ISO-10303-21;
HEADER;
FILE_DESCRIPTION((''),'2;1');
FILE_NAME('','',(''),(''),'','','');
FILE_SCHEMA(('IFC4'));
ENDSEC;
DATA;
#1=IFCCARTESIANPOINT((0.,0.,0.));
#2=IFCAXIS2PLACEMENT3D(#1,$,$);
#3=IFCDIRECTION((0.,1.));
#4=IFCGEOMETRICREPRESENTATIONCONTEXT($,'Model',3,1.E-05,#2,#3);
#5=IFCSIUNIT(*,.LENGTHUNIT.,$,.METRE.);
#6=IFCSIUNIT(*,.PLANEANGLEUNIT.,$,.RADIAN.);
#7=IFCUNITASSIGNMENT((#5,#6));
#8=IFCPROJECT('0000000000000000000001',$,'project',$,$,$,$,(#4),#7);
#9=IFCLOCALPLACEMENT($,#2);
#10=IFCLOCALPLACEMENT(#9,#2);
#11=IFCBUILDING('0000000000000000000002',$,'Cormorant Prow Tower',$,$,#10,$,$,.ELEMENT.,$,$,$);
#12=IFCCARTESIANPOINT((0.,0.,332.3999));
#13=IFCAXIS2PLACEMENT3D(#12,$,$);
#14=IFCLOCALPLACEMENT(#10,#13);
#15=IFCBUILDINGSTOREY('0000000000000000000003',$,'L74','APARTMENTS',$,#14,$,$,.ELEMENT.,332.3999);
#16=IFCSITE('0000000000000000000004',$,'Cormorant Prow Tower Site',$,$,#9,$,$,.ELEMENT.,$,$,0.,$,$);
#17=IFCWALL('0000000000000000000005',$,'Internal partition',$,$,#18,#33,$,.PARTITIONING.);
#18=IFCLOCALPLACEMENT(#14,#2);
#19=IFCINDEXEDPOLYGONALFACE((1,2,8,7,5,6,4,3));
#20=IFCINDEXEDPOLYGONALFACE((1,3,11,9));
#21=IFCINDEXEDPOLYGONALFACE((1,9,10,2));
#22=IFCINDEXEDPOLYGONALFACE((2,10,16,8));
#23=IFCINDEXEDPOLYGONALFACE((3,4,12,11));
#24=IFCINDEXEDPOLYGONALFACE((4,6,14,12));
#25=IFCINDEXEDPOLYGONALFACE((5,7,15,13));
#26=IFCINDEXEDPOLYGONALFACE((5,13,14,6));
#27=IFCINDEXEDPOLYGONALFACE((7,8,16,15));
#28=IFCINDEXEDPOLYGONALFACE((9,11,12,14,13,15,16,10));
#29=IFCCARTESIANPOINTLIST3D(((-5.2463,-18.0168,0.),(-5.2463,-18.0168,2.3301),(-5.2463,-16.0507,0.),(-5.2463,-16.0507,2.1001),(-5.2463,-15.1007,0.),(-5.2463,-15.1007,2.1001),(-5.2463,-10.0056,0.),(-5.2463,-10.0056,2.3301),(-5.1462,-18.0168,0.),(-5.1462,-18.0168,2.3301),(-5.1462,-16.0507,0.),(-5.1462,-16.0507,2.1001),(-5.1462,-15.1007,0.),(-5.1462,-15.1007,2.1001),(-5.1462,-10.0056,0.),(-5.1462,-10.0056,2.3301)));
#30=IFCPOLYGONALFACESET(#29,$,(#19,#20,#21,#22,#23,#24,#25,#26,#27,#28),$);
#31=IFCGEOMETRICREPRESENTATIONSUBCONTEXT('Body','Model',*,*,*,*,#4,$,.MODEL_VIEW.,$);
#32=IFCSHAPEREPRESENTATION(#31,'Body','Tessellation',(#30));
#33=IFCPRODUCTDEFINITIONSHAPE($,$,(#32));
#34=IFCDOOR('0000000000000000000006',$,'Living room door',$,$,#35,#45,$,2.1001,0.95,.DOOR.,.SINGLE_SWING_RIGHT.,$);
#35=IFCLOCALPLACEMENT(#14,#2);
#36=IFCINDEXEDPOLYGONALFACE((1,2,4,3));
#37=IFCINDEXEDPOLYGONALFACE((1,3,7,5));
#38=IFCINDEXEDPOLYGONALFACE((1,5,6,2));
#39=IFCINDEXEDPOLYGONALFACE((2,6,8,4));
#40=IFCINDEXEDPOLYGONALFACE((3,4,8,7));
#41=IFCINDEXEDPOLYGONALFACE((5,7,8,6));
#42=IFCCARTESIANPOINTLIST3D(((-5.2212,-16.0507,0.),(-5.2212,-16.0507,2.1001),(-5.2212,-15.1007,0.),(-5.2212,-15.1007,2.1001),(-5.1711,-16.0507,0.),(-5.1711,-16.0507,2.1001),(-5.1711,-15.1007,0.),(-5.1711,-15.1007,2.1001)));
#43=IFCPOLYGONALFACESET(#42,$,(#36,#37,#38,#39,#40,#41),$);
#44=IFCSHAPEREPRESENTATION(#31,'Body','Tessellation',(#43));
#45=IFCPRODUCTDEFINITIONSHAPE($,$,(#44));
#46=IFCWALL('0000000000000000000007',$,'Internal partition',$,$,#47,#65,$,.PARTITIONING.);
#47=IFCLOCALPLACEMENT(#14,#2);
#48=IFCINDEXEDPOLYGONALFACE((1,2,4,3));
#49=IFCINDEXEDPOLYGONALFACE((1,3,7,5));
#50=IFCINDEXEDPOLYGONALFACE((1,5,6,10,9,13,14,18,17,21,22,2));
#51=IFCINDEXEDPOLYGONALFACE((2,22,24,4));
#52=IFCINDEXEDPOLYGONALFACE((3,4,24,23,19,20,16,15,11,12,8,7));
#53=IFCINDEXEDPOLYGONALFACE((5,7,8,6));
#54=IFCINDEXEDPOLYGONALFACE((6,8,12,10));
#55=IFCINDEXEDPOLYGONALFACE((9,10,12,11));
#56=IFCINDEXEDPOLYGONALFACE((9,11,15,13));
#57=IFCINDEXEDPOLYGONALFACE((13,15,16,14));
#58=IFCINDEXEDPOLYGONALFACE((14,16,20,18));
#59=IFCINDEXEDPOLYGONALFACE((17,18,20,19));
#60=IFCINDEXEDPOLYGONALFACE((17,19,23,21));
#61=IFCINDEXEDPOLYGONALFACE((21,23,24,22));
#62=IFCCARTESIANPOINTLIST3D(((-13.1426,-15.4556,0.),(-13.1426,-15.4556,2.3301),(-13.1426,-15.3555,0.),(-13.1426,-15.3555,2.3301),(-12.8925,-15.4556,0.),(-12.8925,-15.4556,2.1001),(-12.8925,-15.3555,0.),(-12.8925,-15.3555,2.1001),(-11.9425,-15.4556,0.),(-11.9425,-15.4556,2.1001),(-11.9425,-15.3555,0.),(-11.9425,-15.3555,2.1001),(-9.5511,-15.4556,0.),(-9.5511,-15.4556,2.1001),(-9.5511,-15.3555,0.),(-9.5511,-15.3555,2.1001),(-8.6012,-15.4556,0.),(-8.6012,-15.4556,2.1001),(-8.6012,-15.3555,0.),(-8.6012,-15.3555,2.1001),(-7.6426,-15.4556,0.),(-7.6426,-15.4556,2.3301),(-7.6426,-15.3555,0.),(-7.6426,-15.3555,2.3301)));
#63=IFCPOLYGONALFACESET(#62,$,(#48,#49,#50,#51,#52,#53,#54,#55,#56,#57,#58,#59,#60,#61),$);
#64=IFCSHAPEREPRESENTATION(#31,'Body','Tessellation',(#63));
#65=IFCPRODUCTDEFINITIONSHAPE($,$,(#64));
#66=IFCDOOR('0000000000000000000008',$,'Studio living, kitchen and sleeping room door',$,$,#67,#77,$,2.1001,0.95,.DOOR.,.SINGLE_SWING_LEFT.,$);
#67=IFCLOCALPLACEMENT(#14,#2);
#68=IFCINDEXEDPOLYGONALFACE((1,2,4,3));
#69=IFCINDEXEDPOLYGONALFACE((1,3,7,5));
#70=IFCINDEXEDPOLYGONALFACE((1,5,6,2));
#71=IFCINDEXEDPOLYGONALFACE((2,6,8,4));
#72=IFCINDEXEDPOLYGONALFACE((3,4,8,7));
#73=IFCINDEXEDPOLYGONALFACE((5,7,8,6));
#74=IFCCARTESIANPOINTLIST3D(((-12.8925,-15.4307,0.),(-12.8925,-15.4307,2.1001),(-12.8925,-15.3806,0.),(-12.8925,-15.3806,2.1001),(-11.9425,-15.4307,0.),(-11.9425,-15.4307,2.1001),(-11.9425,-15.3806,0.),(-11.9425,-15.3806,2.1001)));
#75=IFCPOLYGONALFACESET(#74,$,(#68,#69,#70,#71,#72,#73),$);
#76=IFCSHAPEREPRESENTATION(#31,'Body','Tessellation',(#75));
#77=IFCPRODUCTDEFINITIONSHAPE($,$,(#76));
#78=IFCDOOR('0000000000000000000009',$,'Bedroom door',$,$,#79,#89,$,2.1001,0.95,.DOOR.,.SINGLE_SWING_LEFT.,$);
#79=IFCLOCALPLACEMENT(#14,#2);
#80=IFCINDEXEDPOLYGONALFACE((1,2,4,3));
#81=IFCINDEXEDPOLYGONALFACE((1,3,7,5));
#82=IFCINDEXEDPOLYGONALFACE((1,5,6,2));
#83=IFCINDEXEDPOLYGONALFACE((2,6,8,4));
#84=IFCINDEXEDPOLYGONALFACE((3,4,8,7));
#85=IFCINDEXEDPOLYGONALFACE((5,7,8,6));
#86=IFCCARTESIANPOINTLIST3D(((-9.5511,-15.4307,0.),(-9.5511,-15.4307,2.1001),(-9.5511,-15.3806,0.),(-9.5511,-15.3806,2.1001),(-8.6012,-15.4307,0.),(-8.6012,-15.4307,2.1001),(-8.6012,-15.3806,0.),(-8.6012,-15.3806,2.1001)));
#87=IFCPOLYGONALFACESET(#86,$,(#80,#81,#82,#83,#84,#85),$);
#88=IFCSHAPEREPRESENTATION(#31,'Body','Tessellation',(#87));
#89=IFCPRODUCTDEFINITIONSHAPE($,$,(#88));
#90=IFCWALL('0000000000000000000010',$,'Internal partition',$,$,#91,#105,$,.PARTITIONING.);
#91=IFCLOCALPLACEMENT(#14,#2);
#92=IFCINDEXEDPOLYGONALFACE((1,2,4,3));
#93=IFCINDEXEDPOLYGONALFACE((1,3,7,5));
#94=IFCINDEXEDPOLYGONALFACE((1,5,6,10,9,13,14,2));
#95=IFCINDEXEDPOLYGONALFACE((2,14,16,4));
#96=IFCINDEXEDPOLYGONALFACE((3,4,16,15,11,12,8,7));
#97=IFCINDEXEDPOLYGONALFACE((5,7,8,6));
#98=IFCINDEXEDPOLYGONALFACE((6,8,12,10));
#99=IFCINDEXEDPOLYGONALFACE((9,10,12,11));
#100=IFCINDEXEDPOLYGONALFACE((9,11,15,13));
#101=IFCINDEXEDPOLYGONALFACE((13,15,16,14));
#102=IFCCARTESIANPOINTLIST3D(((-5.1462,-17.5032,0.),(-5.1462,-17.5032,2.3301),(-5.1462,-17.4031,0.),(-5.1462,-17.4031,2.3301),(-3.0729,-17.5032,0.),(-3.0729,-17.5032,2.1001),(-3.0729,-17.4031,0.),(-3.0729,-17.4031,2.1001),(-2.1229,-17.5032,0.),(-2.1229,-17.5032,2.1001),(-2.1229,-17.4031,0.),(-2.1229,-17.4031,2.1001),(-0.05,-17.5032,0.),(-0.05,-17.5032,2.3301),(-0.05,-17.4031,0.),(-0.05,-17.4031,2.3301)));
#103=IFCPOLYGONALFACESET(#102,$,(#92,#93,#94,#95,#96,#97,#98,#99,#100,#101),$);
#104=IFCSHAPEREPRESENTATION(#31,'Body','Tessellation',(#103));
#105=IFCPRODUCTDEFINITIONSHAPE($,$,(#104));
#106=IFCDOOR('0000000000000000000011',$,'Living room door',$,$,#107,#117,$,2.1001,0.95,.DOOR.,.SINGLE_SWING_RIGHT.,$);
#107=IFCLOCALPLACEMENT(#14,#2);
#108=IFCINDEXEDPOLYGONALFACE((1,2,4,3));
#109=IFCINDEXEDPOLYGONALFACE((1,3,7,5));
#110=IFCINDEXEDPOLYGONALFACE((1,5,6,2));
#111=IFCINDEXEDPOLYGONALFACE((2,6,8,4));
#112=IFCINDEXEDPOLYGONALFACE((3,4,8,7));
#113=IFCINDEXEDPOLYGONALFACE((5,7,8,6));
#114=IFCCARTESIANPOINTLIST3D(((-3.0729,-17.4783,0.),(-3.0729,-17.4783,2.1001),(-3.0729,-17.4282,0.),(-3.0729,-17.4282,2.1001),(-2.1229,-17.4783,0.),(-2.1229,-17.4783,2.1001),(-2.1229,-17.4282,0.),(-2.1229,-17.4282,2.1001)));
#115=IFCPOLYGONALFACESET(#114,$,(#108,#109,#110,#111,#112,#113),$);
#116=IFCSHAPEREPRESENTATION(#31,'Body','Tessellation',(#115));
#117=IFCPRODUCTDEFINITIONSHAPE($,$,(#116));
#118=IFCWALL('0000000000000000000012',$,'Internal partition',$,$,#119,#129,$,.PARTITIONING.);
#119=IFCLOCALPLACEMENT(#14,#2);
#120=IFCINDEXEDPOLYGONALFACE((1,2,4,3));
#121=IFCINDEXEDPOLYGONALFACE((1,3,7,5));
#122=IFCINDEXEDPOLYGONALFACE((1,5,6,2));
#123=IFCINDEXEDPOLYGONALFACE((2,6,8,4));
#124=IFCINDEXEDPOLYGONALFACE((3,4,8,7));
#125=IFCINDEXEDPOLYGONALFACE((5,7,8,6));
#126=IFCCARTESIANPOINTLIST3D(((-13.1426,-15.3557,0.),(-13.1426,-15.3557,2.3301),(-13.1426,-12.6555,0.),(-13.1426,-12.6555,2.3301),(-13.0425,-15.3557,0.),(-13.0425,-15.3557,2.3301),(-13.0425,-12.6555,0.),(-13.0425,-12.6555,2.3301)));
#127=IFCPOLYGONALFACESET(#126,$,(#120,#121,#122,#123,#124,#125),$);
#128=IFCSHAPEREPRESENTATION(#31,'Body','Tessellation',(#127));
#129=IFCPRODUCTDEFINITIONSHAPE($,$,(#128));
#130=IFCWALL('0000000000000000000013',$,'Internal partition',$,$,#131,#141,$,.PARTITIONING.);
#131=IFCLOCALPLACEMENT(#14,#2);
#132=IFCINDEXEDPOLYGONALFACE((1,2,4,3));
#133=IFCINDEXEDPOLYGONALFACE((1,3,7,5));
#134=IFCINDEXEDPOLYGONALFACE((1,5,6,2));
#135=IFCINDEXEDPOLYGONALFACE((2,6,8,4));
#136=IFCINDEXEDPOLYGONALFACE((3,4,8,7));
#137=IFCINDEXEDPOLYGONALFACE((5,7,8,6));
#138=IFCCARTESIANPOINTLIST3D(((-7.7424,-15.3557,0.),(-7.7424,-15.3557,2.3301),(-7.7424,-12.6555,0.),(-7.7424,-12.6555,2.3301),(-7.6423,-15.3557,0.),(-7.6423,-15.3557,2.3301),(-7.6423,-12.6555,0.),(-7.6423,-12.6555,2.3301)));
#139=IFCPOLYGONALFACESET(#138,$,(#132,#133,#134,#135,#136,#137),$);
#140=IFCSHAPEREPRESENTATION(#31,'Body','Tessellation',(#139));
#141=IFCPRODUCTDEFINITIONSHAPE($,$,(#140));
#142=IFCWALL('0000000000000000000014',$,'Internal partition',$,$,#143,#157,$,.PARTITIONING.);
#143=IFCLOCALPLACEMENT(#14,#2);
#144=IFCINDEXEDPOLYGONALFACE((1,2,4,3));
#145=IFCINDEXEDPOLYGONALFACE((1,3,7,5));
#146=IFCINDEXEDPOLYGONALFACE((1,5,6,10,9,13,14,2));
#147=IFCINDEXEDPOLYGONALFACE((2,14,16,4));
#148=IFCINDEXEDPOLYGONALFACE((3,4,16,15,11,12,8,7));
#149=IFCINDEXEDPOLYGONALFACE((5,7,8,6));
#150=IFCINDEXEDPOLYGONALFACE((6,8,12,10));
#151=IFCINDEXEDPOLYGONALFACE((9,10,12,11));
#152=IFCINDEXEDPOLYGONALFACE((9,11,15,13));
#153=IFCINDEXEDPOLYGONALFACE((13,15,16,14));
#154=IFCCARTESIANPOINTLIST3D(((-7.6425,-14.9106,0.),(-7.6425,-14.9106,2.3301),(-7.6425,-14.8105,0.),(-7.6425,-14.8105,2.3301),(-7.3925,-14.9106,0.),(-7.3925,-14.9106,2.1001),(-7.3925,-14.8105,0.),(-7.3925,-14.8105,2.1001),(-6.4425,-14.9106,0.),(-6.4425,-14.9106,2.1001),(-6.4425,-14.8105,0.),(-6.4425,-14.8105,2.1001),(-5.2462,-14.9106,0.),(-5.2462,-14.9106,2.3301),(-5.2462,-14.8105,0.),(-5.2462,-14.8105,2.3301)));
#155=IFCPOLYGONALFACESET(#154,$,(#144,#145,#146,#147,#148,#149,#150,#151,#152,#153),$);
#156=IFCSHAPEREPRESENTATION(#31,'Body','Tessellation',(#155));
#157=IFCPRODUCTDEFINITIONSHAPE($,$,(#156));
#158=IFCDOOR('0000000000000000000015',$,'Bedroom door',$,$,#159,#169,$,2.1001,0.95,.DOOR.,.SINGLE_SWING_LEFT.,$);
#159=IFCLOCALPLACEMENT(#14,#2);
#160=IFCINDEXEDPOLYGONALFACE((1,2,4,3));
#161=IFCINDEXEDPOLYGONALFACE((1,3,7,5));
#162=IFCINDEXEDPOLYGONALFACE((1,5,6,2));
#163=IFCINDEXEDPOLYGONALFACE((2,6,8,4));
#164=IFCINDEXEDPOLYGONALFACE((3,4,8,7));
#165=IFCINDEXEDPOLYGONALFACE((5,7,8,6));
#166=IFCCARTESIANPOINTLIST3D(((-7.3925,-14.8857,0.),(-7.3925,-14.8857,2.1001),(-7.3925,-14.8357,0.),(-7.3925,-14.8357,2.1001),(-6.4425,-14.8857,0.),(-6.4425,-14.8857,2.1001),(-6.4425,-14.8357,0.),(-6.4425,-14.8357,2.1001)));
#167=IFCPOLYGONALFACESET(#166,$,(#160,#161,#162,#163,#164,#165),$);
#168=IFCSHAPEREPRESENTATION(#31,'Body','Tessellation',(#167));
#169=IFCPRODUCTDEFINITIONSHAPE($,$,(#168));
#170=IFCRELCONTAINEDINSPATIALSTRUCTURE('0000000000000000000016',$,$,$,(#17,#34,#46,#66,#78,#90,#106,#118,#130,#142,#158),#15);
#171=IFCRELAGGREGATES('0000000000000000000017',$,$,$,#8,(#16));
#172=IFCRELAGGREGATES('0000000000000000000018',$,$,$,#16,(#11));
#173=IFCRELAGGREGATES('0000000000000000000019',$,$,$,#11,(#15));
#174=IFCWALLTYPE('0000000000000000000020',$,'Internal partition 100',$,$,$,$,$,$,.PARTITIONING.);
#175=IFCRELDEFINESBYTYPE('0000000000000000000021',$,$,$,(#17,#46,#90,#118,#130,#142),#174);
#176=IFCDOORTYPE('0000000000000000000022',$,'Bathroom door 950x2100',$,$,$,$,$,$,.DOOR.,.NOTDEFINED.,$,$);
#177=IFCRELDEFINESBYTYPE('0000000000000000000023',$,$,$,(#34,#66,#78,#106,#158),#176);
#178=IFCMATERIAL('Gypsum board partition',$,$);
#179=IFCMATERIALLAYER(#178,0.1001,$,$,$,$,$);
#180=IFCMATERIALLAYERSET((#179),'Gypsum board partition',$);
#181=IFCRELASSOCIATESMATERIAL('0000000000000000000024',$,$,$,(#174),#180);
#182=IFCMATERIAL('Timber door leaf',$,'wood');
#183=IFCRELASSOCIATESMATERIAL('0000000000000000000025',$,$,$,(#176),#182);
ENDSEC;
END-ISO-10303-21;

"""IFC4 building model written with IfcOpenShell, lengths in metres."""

from ifc_helpers import new_model, si_unit, direction, frame, frame_2d, origin, place, context, subcontext, project, spatial, rectangle, extrude, material, layer, layer_set, type_object, element, fill, save


model = new_model("IFC4")

# Units and contexts
model_context = context("Model", 3, precision=1e-05, world=origin(), true_north=direction((0.0, 1.0)))
body_context = subcontext(model_context, "Body", "Model", "MODEL_VIEW")
ifc_project = project(units=[si_unit("LENGTHUNIT", "METRE"), si_unit("PLANEANGLEUNIT", "RADIAN")], contexts=[model_context])

# Site, building, storey
site_placement = place(None, origin())
site = spatial("IfcSite", under=ifc_project, at=site_placement, Name="Cormorant Prow Tower Site", CompositionType="ELEMENT", RefElevation=0.0)
building_placement = place(site_placement, origin())
building = spatial("IfcBuilding", under=site, at=building_placement, Name="Cormorant Prow Tower", CompositionType="ELEMENT")
storey_placement = place(building_placement, frame((0.0, 0.0, 332.3999)))
storey = spatial("IfcBuildingStorey", under=building, at=storey_placement, Name="L74", Description="APARTMENTS", CompositionType="ELEMENT", Elevation=332.3999)

# Wall, opening, door
ifc_material_1 = material(Name="Gypsum board partition")
ifc_layer_1 = layer(ifc_material_1, 0.1001)
ifc_layer_set_1 = layer_set([ifc_layer_1], Name="Gypsum board partition")
wall_type_1 = type_object("IfcWallType", Name="Internal partition 100", PredefinedType="PARTITIONING", material=ifc_layer_set_1)
wall_1_placement = place(storey_placement, frame((-5.1963, -18.0168, 0.0), z_axis=(0.0, 0.0, 1.0), x_axis=(0.0, 1.0, 0.0)))
wall_1 = element("IfcWall", 1, at=wall_1_placement, inside=storey, type_object=wall_type_1, Name="Internal partition", PredefinedType="PARTITIONING", context=body_context, shape_type="SweptSolid", body=[
    extrude(rectangle(XDim=8.0112, YDim=0.1001, at=frame_2d((4.0056, 0.0))), origin(), (0.0, 0.0, 1.0), 2.3301),
])
opening_1_placement = place(wall_1_placement, frame((1.9661, 0.0, 0.0)))
opening_1 = element("IfcOpeningElement", 2, at=opening_1_placement, cuts=wall_1, PredefinedType="OPENING", context=body_context, shape_type="SweptSolid", body=[
    extrude(rectangle(XDim=0.95, YDim=2.1001, at=frame_2d((0.4751, 1.05))), frame((0.0, 0.0601, 0.0), z_axis=(0.0, -1.0, 0.0), x_axis=(1.0, 0.0, 0.0)), (0.0, 0.0, 1.0), 0.1201),
])
ifc_material_2 = material(Name="Timber door leaf", Category="wood")
door_type_1 = type_object("IfcDoorType", Name="Bathroom door 950x2100", OperationType="NOTDEFINED", PredefinedType="DOOR", material=ifc_material_2)
door_1_placement = place(opening_1_placement, origin())
door_1 = element("IfcDoor", 3, at=door_1_placement, inside=storey, type_object=door_type_1, Name="Living room door", OperationType="SINGLE_SWING_RIGHT", OverallHeight=2.1001, OverallWidth=0.95, PredefinedType="DOOR", context=body_context, shape_type="SweptSolid", body=[
    extrude(rectangle(XDim=0.95, YDim=2.1001, at=frame_2d((0.4751, 1.05))), frame((0.0, 0.0249, 0.0), z_axis=(0.0, -1.0, 0.0), x_axis=(1.0, 0.0, 0.0)), (0.0, 0.0, 1.0), 0.05),
])
fill(opening_1, door_1)

# Wall, openings, doors
wall_2_placement = place(storey_placement, frame((-13.1426, -15.4055, 0.0), z_axis=(0.0, 0.0, 1.0), x_axis=(1.0, 0.0, 0.0)))
wall_2 = element("IfcWall", 4, at=wall_2_placement, inside=storey, type_object=wall_type_1, Name="Internal partition", PredefinedType="PARTITIONING", context=body_context, shape_type="SweptSolid", body=[
    extrude(rectangle(XDim=5.5, YDim=0.1001, at=frame_2d((2.75, 0.0))), origin(), (0.0, 0.0, 1.0), 2.3301),
])
opening_2_placement = place(wall_2_placement, frame((0.25, 0.0, 0.0)))
opening_2 = element("IfcOpeningElement", 5, at=opening_2_placement, cuts=wall_2, PredefinedType="OPENING", context=body_context, shape_type="SweptSolid", body=[
    extrude(rectangle(XDim=0.95, YDim=2.1001, at=frame_2d((0.4751, 1.05))), frame((0.0, 0.0601, 0.0), z_axis=(0.0, -1.0, 0.0), x_axis=(1.0, 0.0, 0.0)), (0.0, 0.0, 1.0), 0.1201),
])
opening_3_placement = place(wall_2_placement, frame((3.5913, 0.0, 0.0)))
opening_3 = element("IfcOpeningElement", 6, at=opening_3_placement, cuts=wall_2, PredefinedType="OPENING", context=body_context, shape_type="SweptSolid", body=[
    extrude(rectangle(XDim=0.95, YDim=2.1001, at=frame_2d((0.4751, 1.05))), frame((0.0, 0.0601, 0.0), z_axis=(0.0, -1.0, 0.0), x_axis=(1.0, 0.0, 0.0)), (0.0, 0.0, 1.0), 0.1201),
])
door_2_placement = place(opening_2_placement, origin())
door_2 = element("IfcDoor", 7, at=door_2_placement, inside=storey, type_object=door_type_1, Name="Studio living, kitchen and sleeping room door", OperationType="SINGLE_SWING_LEFT", OverallHeight=2.1001, OverallWidth=0.95, PredefinedType="DOOR", context=body_context, shape_type="SweptSolid", body=[
    extrude(rectangle(XDim=0.95, YDim=2.1001, at=frame_2d((0.4751, 1.05))), frame((0.0, 0.0249, 0.0), z_axis=(0.0, -1.0, 0.0), x_axis=(1.0, 0.0, 0.0)), (0.0, 0.0, 1.0), 0.05),
])
fill(opening_2, door_2)
door_3_placement = place(opening_3_placement, origin())
door_3 = element("IfcDoor", 8, at=door_3_placement, inside=storey, type_object=door_type_1, Name="Bedroom door", OperationType="SINGLE_SWING_LEFT", OverallHeight=2.1001, OverallWidth=0.95, PredefinedType="DOOR", context=body_context, shape_type="SweptSolid", body=[
    extrude(rectangle(XDim=0.95, YDim=2.1001, at=frame_2d((0.4751, 1.05))), frame((0.0, 0.0249, 0.0), z_axis=(0.0, -1.0, 0.0), x_axis=(1.0, 0.0, 0.0)), (0.0, 0.0, 1.0), 0.05),
])
fill(opening_3, door_3)

# Wall, opening, door
wall_3_placement = place(storey_placement, frame((-5.1462, -17.4531, 0.0), z_axis=(0.0, 0.0, 1.0), x_axis=(1.0, 0.0, 0.0)))
wall_3 = element("IfcWall", 9, at=wall_3_placement, inside=storey, type_object=wall_type_1, Name="Internal partition", PredefinedType="PARTITIONING", context=body_context, shape_type="SweptSolid", body=[
    extrude(rectangle(XDim=5.0962, YDim=0.1001, at=frame_2d((2.5481, 0.0))), origin(), (0.0, 0.0, 1.0), 2.3301),
])
opening_4_placement = place(wall_3_placement, frame((2.0732, 0.0, 0.0)))
opening_4 = element("IfcOpeningElement", 10, at=opening_4_placement, cuts=wall_3, PredefinedType="OPENING", context=body_context, shape_type="SweptSolid", body=[
    extrude(rectangle(XDim=0.95, YDim=2.1001, at=frame_2d((0.4751, 1.05))), frame((0.0, 0.0601, 0.0), z_axis=(0.0, -1.0, 0.0), x_axis=(1.0, 0.0, 0.0)), (0.0, 0.0, 1.0), 0.1201),
])
door_4_placement = place(opening_4_placement, origin())
door_4 = element("IfcDoor", 11, at=door_4_placement, inside=storey, type_object=door_type_1, Name="Living room door", OperationType="SINGLE_SWING_RIGHT", OverallHeight=2.1001, OverallWidth=0.95, PredefinedType="DOOR", context=body_context, shape_type="SweptSolid", body=[
    extrude(rectangle(XDim=0.95, YDim=2.1001, at=frame_2d((0.4751, 1.05))), frame((0.0, 0.0249, 0.0), z_axis=(0.0, -1.0, 0.0), x_axis=(1.0, 0.0, 0.0)), (0.0, 0.0, 1.0), 0.05),
])
fill(opening_4, door_4)

# Walls
for number, where, z_axis, x_axis, name in (
    (12, (-13.0925, -15.3557, 0.0), (0.0, 0.0, 1.0), (0.0, 1.0, 0.0), "Internal partition"),
    (13, (-7.6924, -15.3557, 0.0), (0.0, 0.0, 1.0), (0.0, 1.0, 0.0), "Internal partition"),
):
    element("IfcWall", number, at=place(storey_placement, frame(where, z_axis=z_axis, x_axis=x_axis)), inside=storey, type_object=wall_type_1, Name=name, PredefinedType="PARTITIONING", context=body_context, shape_type="SweptSolid", body=[
        extrude(rectangle(XDim=2.7002, YDim=0.1001, at=frame_2d((1.3501, 0.0))), origin(), (0.0, 0.0, 1.0), 2.3301),
    ])

# Wall, opening, door
wall_4_placement = place(storey_placement, frame((-7.6426, -14.8606, 0.0), z_axis=(0.0, 0.0, 1.0), x_axis=(1.0, 0.0, 0.0)))
wall_4 = element("IfcWall", 14, at=wall_4_placement, inside=storey, type_object=wall_type_1, Name="Internal partition", PredefinedType="PARTITIONING", context=body_context, shape_type="SweptSolid", body=[
    extrude(rectangle(XDim=2.3962, YDim=0.1001, at=frame_2d((1.1982, 0.0))), origin(), (0.0, 0.0, 1.0), 2.3301),
])
opening_5_placement = place(wall_4_placement, frame((0.25, 0.0, 0.0)))
opening_5 = element("IfcOpeningElement", 15, at=opening_5_placement, cuts=wall_4, PredefinedType="OPENING", context=body_context, shape_type="SweptSolid", body=[
    extrude(rectangle(XDim=0.95, YDim=2.1001, at=frame_2d((0.4751, 1.05))), frame((0.0, 0.0601, 0.0), z_axis=(0.0, -1.0, 0.0), x_axis=(1.0, 0.0, 0.0)), (0.0, 0.0, 1.0), 0.1201),
])
door_5_placement = place(opening_5_placement, origin())
door_5 = element("IfcDoor", 16, at=door_5_placement, inside=storey, type_object=door_type_1, Name="Bedroom door", OperationType="SINGLE_SWING_LEFT", OverallHeight=2.1001, OverallWidth=0.95, PredefinedType="DOOR", context=body_context, shape_type="SweptSolid", body=[
    extrude(rectangle(XDim=0.95, YDim=2.1001, at=frame_2d((0.4751, 1.05))), frame((0.0, 0.0249, 0.0), z_axis=(0.0, -1.0, 0.0), x_axis=(1.0, 0.0, 0.0)), (0.0, 0.0, 1.0), 0.05),
])
fill(opening_5, door_5)

save(model, "model.ifc")
